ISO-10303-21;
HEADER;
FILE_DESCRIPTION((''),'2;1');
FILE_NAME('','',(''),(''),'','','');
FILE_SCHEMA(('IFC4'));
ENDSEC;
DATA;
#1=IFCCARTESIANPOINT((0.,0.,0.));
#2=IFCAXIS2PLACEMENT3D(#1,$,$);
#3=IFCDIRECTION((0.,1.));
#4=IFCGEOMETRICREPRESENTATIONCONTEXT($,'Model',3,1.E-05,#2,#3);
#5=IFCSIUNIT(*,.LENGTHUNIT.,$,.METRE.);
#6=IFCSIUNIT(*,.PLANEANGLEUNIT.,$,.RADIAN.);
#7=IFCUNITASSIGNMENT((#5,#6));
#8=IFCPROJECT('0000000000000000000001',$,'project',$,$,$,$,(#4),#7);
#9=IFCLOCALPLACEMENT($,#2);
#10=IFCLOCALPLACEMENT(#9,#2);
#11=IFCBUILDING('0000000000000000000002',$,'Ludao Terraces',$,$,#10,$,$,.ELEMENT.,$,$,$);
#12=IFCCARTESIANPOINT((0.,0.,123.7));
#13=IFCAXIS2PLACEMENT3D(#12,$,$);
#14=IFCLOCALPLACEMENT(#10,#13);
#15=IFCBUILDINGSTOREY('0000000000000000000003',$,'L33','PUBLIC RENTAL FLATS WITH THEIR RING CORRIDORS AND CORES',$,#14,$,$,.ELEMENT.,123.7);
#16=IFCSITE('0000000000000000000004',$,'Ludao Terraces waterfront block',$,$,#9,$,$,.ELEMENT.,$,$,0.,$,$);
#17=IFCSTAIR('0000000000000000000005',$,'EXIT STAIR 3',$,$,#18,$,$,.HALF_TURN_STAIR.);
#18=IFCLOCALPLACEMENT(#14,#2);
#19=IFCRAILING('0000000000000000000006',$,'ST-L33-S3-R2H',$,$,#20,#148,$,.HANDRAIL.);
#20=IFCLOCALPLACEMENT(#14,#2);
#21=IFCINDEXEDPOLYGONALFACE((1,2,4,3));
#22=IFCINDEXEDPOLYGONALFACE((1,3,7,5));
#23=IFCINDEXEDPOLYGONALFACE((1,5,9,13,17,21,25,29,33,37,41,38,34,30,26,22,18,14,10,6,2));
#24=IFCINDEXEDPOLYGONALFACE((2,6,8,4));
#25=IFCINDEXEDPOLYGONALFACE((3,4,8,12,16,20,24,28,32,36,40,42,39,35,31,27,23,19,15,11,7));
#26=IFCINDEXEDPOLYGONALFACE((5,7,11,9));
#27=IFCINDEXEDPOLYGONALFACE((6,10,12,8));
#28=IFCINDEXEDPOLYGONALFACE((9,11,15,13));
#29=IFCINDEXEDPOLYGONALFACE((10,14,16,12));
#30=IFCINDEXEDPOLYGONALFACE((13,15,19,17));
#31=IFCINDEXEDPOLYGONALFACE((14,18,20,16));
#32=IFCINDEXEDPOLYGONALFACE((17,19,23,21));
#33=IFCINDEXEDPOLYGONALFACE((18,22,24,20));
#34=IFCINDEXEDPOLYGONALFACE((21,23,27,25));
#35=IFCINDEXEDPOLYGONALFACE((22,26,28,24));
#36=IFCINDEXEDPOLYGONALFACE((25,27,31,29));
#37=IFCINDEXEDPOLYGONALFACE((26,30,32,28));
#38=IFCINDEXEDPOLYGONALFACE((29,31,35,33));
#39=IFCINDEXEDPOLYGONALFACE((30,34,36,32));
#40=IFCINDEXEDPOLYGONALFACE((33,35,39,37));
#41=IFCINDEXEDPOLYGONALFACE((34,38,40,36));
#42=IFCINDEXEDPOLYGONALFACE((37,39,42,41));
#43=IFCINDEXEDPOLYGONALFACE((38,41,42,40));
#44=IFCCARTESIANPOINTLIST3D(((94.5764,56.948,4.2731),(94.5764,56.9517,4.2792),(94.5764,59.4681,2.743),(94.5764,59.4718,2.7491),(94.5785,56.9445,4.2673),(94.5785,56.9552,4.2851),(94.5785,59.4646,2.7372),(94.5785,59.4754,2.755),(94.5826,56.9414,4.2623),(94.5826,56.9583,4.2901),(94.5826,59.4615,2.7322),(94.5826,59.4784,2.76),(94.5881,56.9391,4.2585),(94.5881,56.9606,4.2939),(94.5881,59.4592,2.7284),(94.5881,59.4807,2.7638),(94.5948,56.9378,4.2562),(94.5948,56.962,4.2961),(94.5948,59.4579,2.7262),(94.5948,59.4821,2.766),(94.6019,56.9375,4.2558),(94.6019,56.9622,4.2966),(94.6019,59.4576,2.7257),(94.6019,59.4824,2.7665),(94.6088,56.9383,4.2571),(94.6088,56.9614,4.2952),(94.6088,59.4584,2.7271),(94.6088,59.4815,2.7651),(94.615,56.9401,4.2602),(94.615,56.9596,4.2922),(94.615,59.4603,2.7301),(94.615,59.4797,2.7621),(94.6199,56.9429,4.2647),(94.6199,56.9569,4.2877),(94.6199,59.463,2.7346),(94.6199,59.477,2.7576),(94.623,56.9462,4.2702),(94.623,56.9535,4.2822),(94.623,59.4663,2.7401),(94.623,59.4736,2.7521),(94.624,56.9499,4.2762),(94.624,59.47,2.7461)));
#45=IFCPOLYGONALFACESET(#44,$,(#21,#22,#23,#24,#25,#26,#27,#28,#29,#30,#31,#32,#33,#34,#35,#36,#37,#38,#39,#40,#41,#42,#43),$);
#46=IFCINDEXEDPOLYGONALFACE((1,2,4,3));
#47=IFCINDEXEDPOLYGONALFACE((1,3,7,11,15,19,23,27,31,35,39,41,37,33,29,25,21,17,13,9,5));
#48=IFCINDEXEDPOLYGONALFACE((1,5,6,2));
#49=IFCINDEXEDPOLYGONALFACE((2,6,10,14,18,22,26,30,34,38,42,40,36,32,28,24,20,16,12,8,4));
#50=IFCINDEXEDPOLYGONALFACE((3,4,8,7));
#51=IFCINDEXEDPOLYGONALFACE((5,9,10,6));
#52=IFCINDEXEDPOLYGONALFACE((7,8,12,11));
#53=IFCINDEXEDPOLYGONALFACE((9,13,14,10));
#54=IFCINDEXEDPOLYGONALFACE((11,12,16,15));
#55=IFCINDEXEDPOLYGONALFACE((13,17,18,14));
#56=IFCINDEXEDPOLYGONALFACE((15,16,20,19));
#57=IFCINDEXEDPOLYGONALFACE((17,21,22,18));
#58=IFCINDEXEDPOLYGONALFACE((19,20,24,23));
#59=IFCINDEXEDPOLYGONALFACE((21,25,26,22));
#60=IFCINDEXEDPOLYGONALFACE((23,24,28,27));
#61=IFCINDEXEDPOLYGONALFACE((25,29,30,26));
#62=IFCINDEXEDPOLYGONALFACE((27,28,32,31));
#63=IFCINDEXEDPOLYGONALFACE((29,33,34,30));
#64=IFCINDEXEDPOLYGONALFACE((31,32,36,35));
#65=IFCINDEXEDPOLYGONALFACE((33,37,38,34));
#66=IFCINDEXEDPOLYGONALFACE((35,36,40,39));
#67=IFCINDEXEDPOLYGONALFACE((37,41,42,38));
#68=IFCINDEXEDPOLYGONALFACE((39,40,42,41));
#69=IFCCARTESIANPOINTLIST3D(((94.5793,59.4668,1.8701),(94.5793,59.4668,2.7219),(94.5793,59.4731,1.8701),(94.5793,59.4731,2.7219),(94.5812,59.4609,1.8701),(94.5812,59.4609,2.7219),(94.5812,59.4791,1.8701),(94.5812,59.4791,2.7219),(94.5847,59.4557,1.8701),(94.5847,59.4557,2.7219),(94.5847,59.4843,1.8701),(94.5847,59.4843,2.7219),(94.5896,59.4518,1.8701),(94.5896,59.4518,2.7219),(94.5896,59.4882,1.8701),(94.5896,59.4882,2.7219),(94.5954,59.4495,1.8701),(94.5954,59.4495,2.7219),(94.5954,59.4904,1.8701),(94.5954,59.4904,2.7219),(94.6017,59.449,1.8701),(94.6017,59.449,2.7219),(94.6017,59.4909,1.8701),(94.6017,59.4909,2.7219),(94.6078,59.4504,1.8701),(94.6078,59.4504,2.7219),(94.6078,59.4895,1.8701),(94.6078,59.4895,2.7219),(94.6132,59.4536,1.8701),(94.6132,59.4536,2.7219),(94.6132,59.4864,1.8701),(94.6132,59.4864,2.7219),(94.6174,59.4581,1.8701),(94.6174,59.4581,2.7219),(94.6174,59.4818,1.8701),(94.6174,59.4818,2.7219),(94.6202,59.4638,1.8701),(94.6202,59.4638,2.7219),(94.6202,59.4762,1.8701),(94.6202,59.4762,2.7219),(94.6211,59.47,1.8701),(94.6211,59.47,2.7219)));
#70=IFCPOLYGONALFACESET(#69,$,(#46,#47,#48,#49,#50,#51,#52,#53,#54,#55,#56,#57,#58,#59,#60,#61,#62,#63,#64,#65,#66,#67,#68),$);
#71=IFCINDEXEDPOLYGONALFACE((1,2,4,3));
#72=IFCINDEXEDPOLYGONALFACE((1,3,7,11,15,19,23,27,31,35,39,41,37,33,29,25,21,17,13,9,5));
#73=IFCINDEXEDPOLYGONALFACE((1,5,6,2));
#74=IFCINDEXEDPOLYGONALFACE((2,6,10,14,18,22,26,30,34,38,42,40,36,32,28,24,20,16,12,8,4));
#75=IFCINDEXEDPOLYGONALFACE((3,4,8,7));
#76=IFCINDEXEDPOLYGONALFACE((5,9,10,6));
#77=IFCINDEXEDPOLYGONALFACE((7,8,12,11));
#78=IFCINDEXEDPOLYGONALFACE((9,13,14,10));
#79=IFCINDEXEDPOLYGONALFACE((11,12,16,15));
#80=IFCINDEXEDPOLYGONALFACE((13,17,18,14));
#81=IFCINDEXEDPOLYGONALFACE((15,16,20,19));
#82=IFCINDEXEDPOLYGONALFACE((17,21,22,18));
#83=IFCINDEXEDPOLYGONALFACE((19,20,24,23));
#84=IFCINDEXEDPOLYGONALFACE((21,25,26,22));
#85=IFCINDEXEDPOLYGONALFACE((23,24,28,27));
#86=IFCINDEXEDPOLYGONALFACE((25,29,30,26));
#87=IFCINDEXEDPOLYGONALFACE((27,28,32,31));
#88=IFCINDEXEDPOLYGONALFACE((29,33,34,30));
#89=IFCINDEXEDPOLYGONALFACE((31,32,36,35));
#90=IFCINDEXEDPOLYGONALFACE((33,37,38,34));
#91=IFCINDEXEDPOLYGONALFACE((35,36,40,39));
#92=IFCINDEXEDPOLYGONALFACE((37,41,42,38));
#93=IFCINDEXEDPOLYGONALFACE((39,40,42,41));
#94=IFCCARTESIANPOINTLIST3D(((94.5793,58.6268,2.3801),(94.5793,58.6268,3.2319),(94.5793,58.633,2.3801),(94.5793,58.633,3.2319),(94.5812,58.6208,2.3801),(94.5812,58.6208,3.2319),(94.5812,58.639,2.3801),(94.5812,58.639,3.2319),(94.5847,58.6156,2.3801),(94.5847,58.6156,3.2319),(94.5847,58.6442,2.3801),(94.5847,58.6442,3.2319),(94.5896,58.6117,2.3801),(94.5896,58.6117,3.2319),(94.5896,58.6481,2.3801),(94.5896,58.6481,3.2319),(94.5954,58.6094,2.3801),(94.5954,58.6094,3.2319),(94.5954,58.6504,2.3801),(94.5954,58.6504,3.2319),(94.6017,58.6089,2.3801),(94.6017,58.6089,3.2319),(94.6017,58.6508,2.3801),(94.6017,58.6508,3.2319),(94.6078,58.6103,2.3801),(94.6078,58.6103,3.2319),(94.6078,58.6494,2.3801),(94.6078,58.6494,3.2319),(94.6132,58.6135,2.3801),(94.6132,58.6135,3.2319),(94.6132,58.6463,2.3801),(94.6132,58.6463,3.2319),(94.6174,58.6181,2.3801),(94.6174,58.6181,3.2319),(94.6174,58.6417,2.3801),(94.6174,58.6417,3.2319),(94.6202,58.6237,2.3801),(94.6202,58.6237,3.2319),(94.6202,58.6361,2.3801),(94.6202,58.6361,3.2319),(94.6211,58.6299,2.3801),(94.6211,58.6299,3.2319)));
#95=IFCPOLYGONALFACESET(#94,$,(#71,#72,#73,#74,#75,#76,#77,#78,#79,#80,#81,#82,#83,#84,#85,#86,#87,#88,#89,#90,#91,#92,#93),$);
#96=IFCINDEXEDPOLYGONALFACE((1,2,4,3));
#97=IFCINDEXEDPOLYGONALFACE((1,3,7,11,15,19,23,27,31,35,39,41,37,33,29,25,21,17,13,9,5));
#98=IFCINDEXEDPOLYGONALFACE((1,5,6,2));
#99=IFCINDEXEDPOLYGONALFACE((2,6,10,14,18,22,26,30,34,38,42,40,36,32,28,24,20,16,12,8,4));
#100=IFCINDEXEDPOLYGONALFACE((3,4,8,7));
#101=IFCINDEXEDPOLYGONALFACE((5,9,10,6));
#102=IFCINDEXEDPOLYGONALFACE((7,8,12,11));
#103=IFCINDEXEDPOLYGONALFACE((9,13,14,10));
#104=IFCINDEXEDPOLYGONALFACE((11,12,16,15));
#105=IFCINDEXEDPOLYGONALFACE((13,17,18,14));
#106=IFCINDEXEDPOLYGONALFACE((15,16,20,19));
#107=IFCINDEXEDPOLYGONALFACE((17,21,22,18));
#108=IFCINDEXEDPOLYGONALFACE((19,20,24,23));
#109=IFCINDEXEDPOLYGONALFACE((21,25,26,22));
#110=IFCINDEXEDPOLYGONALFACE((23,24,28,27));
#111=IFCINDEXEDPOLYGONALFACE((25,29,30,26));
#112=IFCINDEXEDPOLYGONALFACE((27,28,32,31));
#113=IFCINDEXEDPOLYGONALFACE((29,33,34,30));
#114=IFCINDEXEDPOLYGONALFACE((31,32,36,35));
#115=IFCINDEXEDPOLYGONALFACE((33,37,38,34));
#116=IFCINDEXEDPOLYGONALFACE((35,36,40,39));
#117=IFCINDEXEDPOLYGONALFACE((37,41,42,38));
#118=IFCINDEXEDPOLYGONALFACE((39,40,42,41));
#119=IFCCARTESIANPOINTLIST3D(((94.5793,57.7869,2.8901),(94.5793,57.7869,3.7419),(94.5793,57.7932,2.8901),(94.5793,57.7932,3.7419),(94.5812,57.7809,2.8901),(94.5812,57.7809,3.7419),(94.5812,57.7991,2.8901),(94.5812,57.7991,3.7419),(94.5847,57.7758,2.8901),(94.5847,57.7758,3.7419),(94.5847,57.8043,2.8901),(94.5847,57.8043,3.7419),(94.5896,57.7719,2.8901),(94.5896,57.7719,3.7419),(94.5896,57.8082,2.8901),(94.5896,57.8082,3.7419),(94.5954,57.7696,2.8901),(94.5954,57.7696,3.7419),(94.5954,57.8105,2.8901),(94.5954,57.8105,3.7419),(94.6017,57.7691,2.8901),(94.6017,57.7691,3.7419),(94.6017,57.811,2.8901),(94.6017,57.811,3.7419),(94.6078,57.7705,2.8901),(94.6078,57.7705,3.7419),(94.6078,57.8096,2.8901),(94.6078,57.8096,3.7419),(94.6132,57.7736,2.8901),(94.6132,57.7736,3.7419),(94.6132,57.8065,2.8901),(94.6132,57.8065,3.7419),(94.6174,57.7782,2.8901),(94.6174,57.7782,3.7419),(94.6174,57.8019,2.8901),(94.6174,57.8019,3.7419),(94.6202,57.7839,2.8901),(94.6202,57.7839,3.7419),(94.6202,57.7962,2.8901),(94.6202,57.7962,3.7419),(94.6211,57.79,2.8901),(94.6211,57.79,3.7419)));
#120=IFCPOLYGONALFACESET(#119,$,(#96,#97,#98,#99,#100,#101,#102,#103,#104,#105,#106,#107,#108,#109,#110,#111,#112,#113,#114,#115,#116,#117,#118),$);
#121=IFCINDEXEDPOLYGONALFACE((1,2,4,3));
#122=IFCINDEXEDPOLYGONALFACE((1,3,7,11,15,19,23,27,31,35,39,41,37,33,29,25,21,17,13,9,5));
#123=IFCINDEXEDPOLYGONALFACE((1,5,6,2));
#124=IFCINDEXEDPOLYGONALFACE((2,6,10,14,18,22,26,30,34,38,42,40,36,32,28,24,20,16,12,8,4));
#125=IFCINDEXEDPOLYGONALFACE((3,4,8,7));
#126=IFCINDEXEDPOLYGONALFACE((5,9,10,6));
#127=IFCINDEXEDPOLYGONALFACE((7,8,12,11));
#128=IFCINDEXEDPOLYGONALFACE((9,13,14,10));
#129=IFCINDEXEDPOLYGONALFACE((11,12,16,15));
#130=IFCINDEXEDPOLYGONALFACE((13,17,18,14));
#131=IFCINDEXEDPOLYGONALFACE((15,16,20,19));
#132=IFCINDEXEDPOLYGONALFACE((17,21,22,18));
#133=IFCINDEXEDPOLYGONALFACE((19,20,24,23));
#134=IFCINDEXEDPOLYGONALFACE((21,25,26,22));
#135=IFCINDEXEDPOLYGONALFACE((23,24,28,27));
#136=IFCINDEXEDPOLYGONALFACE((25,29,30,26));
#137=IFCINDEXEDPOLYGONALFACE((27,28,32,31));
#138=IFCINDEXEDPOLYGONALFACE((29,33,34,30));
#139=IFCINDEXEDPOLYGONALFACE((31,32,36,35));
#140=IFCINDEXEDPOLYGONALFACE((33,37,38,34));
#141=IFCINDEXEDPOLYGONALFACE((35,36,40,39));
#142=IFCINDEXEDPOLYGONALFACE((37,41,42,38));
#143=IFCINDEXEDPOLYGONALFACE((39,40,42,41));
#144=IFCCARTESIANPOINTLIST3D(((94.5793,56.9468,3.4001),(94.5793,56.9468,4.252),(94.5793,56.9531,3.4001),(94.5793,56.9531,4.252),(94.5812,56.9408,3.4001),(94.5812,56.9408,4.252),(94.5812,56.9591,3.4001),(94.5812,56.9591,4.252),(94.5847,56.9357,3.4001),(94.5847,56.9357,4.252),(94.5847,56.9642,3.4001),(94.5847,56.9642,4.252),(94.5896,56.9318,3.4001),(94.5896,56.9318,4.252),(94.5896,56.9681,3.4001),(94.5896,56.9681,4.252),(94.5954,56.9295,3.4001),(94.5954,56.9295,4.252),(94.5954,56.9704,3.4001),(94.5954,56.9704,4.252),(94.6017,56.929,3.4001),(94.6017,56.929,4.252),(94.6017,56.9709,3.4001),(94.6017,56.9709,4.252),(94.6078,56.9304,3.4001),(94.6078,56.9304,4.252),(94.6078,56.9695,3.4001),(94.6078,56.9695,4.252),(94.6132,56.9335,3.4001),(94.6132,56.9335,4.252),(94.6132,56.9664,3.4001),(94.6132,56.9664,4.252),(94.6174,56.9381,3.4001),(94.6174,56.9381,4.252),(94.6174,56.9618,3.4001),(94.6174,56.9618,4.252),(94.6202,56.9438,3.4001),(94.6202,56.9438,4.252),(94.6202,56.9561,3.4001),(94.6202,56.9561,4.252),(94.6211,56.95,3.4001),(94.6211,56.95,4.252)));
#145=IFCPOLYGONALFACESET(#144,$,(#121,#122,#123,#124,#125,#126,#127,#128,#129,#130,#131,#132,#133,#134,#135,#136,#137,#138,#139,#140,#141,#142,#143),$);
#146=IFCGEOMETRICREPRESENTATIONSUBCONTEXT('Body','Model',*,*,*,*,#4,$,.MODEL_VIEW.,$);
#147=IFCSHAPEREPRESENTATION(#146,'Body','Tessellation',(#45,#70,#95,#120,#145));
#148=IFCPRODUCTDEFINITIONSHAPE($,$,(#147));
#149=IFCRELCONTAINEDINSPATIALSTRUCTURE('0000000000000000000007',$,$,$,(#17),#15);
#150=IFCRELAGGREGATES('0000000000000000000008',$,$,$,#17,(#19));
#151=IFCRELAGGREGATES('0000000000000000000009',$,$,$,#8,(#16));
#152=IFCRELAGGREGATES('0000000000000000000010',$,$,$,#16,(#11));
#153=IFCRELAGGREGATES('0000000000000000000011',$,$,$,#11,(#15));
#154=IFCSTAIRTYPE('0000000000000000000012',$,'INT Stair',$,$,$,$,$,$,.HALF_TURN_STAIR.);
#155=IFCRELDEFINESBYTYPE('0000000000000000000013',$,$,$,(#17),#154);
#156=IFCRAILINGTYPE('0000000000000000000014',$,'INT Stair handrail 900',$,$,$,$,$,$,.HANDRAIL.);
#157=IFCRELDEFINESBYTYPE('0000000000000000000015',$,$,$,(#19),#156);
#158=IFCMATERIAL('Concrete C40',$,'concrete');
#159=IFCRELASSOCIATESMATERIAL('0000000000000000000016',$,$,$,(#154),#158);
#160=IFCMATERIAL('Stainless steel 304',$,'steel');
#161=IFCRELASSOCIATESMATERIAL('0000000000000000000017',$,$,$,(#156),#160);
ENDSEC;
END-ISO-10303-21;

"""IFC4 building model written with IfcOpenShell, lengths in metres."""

from ifc_helpers import new_model, si_unit, direction, frame, origin, origin_2d, place, context, subcontext, project, spatial, circle, extrude, material, type_object, element, aggregate, save


model = new_model("IFC4")

# Units and contexts
model_context = context("Model", 3, precision=1e-05, world=origin(), true_north=direction((0.0, 1.0)))
body_context = subcontext(model_context, "Body", "Model", "MODEL_VIEW")
ifc_project = project(units=[si_unit("LENGTHUNIT", "METRE"), si_unit("PLANEANGLEUNIT", "RADIAN")], contexts=[model_context])

# Site, building, storey
site_placement = place(None, origin())
site = spatial("IfcSite", under=ifc_project, at=site_placement, Name="Ludao Terraces waterfront block", CompositionType="ELEMENT", RefElevation=0.0)
building_placement = place(site_placement, origin())
building = spatial("IfcBuilding", under=site, at=building_placement, Name="Ludao Terraces", CompositionType="ELEMENT")
storey_placement = place(building_placement, frame((0.0, 0.0, 123.7)))
storey = spatial("IfcBuildingStorey", under=building, at=storey_placement, Name="L33", Description="PUBLIC RENTAL FLATS WITH THEIR RING CORRIDORS AND CORES", CompositionType="ELEMENT", Elevation=123.7)

# Shared definitions
ifc_material_1 = material(Name="Concrete C40", Category="concrete")

# Stair, railing
stair_type = type_object("IfcStairType", Name="INT Stair", PredefinedType="HALF_TURN_STAIR", material=ifc_material_1)
stair_placement = place(storey_placement, origin())
stair = element("IfcStair", 1, at=stair_placement, inside=storey, type_object=stair_type, Name="EXIT STAIR 3", PredefinedType="HALF_TURN_STAIR")
ifc_material_2 = material(Name="Stainless steel 304", Category="steel")
railing_type_1 = type_object("IfcRailingType", Name="INT Stair handrail 900", PredefinedType="HANDRAIL", material=ifc_material_2)
railing_1_placement = place(storey_placement, frame((94.6001, 59.47, 1.8701)))
railing_1 = element("IfcRailing", 2, at=railing_1_placement, type_object=railing_type_1, Name="ST-L33-S3-R2H", PredefinedType="HANDRAIL", context=body_context, shape_type="SweptSolid", body=[
    extrude(circle(Radius=0.0239, at=origin_2d()), frame((0.0, 0.0, 0.876), z_axis=(0.0, -0.854785, 0.518982), x_axis=(1.0, 0.0, 0.0)), (0.0, 0.0, 1.0), 2.9482),
    extrude(circle(Radius=0.021, at=origin_2d()), origin(), (0.0, 0.0, 1.0), 0.8518),
    extrude(circle(Radius=0.021, at=origin_2d()), frame((0.0, -0.8401, 0.51)), (0.0, 0.0, 1.0), 0.8518),
    extrude(circle(Radius=0.021, at=origin_2d()), frame((0.0, -1.6799, 1.02)), (0.0, 0.0, 1.0), 0.8518),
    extrude(circle(Radius=0.021, at=origin_2d()), frame((0.0, -2.52, 1.53)), (0.0, 0.0, 1.0), 0.8518),
])
aggregate(stair, [railing_1])

save(model, "model.ifc")
